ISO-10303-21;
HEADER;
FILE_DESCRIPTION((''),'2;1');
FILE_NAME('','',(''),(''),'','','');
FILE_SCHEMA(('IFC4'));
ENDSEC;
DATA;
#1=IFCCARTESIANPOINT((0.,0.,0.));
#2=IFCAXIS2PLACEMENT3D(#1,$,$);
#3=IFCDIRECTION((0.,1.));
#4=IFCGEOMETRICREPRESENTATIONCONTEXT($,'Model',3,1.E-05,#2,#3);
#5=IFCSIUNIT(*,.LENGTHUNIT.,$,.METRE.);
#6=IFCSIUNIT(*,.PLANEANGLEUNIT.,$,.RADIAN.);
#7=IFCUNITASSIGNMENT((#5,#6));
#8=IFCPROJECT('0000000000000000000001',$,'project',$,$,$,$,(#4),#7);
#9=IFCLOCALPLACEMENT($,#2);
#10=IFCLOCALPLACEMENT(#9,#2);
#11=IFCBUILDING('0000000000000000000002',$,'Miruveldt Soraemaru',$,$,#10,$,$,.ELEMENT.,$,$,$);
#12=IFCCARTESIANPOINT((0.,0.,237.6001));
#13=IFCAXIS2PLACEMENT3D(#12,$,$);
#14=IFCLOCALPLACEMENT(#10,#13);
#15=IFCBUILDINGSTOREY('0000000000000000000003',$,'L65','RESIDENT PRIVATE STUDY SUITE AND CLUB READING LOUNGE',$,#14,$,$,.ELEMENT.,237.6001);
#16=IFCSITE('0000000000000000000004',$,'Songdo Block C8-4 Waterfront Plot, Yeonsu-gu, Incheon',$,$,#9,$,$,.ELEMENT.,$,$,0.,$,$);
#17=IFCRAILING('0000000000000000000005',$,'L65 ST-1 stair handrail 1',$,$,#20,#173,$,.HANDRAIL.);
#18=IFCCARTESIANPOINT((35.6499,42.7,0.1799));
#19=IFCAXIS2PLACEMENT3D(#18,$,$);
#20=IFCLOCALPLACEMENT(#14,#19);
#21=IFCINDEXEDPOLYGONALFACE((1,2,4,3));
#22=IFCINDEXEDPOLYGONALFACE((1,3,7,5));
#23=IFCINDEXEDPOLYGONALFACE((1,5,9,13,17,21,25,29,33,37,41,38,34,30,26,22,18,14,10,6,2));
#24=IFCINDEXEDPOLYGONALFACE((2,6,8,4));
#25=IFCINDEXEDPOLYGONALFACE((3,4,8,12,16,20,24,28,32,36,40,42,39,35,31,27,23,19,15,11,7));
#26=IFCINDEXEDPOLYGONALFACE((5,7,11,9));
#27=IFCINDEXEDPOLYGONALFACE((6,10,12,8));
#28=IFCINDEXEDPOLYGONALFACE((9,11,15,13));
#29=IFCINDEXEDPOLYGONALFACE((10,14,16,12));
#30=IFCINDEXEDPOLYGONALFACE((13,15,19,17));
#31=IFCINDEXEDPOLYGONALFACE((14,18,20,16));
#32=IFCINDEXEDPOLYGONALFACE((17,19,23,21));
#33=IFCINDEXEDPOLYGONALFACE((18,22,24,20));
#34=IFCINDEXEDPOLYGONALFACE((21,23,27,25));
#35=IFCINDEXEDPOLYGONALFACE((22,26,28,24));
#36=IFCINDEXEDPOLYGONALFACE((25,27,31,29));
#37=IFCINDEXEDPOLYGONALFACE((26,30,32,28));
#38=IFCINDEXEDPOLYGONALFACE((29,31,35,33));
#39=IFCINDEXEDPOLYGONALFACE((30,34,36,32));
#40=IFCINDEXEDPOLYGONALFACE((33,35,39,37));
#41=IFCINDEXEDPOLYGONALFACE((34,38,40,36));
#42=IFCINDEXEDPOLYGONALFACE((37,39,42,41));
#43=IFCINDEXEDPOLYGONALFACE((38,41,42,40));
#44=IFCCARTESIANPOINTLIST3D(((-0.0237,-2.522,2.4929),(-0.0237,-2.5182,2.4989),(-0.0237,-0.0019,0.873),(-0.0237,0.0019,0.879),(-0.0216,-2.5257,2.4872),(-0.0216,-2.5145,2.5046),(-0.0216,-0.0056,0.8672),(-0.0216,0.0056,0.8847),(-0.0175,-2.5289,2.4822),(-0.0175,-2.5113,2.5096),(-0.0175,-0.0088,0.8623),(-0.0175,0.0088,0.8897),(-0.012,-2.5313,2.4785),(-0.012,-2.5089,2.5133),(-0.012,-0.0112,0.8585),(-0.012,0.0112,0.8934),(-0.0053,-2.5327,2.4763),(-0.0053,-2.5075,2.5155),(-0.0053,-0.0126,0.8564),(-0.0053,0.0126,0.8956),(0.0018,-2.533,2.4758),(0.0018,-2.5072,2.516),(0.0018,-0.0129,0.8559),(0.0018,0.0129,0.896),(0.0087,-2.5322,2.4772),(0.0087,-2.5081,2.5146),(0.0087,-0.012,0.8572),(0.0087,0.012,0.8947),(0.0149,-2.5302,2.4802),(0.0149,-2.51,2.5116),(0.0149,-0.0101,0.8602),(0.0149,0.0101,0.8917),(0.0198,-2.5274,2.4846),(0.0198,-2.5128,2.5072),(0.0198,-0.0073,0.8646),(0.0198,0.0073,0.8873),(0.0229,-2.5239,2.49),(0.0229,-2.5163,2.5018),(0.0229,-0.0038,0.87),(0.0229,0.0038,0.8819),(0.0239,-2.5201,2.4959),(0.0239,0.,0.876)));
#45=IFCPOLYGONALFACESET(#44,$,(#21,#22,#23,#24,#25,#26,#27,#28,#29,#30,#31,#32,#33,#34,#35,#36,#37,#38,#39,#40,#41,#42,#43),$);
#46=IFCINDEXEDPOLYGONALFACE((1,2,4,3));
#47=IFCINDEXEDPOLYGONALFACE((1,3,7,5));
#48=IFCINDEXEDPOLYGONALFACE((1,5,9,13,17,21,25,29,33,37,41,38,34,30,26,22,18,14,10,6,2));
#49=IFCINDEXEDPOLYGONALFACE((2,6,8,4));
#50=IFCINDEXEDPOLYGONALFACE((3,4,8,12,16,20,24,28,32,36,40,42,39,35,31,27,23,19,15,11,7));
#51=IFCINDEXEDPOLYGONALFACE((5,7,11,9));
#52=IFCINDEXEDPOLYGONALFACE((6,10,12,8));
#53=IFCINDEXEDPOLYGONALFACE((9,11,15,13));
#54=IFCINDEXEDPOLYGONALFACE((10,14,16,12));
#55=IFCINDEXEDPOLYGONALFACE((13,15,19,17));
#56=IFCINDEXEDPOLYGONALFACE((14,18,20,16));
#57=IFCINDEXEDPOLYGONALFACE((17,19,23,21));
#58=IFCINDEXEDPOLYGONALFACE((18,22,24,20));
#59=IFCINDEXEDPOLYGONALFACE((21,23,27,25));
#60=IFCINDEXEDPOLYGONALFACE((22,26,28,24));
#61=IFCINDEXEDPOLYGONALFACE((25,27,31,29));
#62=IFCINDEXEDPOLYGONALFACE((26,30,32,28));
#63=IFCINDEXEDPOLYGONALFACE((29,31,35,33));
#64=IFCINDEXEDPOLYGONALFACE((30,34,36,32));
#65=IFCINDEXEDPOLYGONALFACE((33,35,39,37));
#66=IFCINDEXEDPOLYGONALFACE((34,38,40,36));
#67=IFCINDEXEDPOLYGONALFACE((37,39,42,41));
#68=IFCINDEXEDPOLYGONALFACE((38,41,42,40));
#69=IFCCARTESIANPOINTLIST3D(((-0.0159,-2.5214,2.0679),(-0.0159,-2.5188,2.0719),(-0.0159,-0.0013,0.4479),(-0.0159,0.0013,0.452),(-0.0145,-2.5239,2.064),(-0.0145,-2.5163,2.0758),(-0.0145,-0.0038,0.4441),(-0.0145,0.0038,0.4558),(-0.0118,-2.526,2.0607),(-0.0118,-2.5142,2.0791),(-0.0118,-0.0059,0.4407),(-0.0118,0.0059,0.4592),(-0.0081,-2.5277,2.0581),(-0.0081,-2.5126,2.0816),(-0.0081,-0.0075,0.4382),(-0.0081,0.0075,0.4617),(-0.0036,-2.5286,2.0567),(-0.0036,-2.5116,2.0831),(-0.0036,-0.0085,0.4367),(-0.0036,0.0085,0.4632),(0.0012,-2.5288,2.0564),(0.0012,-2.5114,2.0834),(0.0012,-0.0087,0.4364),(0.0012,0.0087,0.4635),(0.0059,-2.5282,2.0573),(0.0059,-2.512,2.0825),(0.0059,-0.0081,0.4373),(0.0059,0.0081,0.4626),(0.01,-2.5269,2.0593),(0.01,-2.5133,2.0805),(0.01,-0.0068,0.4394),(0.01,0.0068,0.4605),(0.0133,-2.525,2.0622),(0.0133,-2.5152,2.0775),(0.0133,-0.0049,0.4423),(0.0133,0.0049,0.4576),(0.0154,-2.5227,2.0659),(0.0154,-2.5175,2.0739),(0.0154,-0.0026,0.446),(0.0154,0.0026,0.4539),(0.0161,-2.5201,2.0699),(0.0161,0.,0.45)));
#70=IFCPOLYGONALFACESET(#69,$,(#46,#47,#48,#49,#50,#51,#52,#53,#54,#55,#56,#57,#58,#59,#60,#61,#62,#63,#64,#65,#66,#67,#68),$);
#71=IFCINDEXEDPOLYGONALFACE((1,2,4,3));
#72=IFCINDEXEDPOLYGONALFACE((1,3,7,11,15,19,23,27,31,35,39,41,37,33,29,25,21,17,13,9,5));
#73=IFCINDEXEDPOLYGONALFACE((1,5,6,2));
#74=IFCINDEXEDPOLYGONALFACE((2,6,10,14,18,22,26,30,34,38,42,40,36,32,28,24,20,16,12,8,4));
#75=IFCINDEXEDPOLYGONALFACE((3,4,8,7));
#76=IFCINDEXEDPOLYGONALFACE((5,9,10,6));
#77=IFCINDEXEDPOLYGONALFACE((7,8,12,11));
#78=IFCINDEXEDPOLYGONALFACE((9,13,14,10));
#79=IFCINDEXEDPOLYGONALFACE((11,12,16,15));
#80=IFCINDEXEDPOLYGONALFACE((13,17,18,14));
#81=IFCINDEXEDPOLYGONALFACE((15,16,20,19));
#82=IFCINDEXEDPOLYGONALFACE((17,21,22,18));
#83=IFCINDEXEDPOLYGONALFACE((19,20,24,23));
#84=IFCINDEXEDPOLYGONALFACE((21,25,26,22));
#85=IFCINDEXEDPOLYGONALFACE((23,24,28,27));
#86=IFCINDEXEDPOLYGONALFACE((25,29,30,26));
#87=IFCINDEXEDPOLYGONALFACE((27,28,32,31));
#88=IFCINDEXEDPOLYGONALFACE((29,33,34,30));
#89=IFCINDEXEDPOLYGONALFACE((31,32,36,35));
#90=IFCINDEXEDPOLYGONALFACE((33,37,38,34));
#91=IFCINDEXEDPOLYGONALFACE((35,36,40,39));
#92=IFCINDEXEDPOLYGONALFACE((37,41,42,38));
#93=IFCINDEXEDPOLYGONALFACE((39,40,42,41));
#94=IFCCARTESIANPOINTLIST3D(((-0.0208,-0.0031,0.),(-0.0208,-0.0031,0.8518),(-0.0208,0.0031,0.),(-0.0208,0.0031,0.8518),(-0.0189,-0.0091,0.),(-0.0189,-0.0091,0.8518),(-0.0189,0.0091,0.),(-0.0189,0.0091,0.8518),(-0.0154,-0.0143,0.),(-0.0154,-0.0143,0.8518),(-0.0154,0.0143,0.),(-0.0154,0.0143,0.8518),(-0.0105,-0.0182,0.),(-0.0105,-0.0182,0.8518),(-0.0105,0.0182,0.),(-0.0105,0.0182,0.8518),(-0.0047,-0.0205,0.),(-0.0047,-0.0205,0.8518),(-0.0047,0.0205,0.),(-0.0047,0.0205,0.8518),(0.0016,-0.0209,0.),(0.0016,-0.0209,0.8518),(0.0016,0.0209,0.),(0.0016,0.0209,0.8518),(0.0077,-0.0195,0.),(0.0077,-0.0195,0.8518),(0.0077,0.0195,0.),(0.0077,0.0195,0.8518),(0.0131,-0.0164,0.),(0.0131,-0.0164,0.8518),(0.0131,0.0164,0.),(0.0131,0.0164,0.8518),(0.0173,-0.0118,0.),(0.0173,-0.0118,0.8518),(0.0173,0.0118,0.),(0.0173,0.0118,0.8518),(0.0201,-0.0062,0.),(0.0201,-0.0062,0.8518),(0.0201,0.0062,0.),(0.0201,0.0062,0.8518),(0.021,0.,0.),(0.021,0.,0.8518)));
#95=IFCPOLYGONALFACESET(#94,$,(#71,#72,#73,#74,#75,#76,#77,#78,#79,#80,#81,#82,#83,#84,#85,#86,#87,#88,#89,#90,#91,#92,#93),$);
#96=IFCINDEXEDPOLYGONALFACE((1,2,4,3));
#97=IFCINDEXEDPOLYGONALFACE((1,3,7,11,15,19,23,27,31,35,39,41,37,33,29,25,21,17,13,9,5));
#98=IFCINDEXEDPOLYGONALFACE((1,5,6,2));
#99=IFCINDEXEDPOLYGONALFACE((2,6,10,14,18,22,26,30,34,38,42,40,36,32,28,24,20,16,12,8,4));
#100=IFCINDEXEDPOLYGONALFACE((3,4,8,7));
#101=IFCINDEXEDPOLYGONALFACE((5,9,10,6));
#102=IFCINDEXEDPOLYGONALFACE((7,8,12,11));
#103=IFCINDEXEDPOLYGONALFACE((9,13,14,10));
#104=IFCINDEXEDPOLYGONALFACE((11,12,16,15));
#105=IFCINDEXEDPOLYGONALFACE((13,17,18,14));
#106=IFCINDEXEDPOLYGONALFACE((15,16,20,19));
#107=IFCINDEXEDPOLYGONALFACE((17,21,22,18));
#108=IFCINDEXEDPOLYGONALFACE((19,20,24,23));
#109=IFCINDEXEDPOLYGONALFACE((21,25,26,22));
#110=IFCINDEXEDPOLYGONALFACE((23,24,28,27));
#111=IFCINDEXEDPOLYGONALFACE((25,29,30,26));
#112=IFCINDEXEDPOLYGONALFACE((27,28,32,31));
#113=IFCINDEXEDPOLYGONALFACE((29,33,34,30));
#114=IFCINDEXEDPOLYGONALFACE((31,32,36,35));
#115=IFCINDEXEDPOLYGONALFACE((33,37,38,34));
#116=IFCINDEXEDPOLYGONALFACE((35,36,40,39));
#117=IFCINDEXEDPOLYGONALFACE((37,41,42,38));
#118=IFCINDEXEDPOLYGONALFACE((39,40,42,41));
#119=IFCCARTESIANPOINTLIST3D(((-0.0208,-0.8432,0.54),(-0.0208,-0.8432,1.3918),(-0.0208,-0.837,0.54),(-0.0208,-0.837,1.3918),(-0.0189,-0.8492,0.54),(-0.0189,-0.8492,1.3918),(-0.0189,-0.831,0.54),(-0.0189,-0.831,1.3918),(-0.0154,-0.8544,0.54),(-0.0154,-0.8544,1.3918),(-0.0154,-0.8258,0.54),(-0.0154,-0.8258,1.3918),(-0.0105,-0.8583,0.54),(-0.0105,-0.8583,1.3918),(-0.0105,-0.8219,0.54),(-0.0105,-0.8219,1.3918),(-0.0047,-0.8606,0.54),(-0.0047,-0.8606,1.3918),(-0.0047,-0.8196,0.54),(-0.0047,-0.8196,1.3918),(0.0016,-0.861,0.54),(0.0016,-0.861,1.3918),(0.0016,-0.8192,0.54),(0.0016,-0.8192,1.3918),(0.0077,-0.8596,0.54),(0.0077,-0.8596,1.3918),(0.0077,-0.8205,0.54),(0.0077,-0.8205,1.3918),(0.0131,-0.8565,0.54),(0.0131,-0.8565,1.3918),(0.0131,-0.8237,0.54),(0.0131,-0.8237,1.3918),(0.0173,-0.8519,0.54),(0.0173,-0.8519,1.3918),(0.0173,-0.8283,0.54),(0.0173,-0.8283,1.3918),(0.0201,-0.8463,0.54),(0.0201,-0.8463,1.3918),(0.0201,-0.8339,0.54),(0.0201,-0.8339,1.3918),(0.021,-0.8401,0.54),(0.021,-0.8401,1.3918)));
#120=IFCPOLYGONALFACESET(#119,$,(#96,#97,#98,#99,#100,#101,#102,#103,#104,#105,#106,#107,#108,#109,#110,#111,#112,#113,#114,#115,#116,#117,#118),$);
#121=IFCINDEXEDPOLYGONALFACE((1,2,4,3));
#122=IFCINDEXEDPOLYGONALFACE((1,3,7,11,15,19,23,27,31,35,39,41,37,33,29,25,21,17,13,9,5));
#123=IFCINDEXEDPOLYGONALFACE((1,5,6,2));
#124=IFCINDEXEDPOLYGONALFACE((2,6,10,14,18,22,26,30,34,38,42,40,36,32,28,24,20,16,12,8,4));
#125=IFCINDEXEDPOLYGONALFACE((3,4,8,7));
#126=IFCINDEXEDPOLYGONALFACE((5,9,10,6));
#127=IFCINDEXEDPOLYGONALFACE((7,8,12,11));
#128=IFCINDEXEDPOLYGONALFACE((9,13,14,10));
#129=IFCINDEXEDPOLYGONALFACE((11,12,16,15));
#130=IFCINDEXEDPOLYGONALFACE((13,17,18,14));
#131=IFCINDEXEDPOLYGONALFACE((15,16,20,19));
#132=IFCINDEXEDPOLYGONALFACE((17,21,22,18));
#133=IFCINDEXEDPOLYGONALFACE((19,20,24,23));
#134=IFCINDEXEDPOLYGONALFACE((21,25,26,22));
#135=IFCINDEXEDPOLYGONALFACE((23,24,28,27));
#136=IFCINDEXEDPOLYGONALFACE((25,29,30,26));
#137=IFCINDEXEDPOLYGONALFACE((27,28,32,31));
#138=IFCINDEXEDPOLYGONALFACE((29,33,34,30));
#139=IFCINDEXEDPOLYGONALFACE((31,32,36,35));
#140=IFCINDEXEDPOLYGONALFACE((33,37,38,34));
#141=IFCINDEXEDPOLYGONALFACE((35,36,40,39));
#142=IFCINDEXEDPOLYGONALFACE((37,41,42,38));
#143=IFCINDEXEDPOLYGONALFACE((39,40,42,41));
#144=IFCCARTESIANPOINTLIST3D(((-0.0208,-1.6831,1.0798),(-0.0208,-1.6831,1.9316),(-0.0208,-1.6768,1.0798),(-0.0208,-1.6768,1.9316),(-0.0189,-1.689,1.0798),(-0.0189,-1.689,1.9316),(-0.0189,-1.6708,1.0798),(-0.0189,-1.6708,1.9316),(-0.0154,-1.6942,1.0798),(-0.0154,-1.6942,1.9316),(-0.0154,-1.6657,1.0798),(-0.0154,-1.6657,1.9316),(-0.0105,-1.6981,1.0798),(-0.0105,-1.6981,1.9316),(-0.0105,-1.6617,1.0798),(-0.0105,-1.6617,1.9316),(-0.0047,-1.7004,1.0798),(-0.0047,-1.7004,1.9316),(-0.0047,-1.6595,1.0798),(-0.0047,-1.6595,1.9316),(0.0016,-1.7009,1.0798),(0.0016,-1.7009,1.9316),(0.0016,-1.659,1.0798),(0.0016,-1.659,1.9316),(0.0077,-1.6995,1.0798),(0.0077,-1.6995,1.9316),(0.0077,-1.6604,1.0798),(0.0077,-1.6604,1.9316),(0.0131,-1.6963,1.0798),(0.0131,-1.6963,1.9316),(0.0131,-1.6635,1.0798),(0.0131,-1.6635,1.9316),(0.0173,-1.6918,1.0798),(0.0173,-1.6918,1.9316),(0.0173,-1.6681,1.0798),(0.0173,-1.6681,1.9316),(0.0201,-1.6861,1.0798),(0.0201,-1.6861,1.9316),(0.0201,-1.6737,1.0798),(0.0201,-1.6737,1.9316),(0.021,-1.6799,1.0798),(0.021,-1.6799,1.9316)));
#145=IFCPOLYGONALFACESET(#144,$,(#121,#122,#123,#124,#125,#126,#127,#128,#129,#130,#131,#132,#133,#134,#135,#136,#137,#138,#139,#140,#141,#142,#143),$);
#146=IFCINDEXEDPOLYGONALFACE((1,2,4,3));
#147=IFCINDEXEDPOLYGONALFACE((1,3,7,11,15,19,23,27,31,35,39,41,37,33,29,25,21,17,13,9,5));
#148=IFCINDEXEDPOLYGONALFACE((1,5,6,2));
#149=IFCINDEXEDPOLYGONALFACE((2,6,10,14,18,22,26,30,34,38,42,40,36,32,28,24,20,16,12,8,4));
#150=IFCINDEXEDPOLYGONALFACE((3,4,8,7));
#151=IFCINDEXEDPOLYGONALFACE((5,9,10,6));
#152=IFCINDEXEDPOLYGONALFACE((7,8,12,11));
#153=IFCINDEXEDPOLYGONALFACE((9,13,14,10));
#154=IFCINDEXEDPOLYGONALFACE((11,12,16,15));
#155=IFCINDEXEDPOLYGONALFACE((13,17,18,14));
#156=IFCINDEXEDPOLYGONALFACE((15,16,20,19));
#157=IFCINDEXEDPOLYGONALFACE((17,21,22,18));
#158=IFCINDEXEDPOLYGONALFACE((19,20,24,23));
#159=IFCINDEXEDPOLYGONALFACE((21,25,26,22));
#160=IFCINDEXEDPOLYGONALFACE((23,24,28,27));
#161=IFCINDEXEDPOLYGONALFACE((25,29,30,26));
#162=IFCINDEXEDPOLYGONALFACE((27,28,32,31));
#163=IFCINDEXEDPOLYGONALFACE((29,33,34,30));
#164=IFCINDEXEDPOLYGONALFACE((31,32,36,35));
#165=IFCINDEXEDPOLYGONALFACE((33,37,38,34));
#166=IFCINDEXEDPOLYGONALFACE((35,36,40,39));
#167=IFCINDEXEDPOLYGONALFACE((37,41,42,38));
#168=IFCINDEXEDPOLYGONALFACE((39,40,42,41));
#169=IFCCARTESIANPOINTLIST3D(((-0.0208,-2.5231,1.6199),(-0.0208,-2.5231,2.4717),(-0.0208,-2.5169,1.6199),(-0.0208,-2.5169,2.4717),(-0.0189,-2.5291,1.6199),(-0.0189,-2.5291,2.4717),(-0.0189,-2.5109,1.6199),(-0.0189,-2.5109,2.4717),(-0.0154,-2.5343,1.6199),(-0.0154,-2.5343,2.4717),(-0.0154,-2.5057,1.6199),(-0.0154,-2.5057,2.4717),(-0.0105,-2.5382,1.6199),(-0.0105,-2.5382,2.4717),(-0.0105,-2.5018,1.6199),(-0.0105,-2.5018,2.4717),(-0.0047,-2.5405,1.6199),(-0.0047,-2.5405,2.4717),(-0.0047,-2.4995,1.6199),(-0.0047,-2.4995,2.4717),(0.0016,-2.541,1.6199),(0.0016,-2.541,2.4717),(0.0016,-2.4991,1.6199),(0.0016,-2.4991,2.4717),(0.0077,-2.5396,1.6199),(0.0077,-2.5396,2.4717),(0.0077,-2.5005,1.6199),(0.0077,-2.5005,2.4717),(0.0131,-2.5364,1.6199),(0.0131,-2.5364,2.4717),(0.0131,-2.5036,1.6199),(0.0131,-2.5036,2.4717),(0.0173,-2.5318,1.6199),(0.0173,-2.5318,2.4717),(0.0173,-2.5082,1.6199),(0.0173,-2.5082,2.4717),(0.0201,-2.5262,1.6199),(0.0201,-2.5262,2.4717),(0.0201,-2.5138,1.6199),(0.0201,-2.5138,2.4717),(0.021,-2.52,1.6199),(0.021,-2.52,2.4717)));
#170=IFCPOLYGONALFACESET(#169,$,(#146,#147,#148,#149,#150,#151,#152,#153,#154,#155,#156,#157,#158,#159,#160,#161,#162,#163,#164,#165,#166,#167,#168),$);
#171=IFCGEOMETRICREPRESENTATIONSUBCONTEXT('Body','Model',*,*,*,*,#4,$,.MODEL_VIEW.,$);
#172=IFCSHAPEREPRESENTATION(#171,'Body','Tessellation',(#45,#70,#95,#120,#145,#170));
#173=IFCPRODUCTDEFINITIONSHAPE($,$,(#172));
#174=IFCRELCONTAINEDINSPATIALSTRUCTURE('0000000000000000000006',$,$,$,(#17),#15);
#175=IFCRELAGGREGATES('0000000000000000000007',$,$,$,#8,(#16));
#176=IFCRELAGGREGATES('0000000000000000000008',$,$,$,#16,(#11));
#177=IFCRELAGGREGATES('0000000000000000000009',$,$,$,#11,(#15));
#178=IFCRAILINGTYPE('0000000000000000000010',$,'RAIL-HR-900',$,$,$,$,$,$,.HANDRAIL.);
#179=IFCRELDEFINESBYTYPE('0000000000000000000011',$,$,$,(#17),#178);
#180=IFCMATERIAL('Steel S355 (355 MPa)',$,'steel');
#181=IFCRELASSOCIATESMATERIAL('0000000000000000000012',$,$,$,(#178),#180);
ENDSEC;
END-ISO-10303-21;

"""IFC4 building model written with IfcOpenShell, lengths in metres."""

from ifc_helpers import new_model, si_unit, direction, frame, origin, origin_2d, place, context, subcontext, project, spatial, circle, extrude, material, type_object, element, save


model = new_model("IFC4")

# Units and contexts
model_context = context("Model", 3, precision=1e-05, world=origin(), true_north=direction((0.0, 1.0)))
body_context = subcontext(model_context, "Body", "Model", "MODEL_VIEW")
ifc_project = project(units=[si_unit("LENGTHUNIT", "METRE"), si_unit("PLANEANGLEUNIT", "RADIAN")], contexts=[model_context])

# Site, building, storey
site_placement = place(None, origin())
site = spatial("IfcSite", under=ifc_project, at=site_placement, Name="Songdo Block C8-4 Waterfront Plot, Yeonsu-gu, Incheon", CompositionType="ELEMENT", RefElevation=0.0)
building_placement = place(site_placement, origin())
building = spatial("IfcBuilding", under=site, at=building_placement, Name="Miruveldt Soraemaru", CompositionType="ELEMENT")
storey_placement = place(building_placement, frame((0.0, 0.0, 237.6001)))
storey = spatial("IfcBuildingStorey", under=building, at=storey_placement, Name="L65", Description="RESIDENT PRIVATE STUDY SUITE AND CLUB READING LOUNGE", CompositionType="ELEMENT", Elevation=237.6001)

# Railing
ifc_material_1 = material(Name="Steel S355 (355 MPa)", Category="steel")
railing_type = type_object("IfcRailingType", Name="RAIL-HR-900", PredefinedType="HANDRAIL", material=ifc_material_1)
railing_placement = place(storey_placement, frame((35.6499, 42.7, 0.1799)))
element("IfcRailing", 1, at=railing_placement, inside=storey, type_object=railing_type, Name="L65 ST-1 stair handrail 1", PredefinedType="HANDRAIL", context=body_context, shape_type="SweptSolid", body=[
    extrude(circle(Radius=0.0239, at=origin_2d()), frame((0.0, 0.0, 0.876), z_axis=(0.0, -0.8412, 0.540725), x_axis=(1.0, 0.0, 0.0)), (0.0, 0.0, 1.0), 2.9958),
    extrude(circle(Radius=0.0161, at=origin_2d()), frame((0.0, 0.0, 0.45), z_axis=(0.0, -0.8412, 0.540725), x_axis=(1.0, 0.0, 0.0)), (0.0, 0.0, 1.0), 2.9958),
    extrude(circle(Radius=0.021, at=origin_2d()), origin(), (0.0, 0.0, 1.0), 0.8518),
    extrude(circle(Radius=0.021, at=origin_2d()), frame((0.0, -0.8401, 0.54)), (0.0, 0.0, 1.0), 0.8518),
    extrude(circle(Radius=0.021, at=origin_2d()), frame((0.0, -1.6799, 1.0798)), (0.0, 0.0, 1.0), 0.8518),
    extrude(circle(Radius=0.021, at=origin_2d()), frame((0.0, -2.52, 1.6199)), (0.0, 0.0, 1.0), 0.8518),
])

save(model, "model.ifc")
